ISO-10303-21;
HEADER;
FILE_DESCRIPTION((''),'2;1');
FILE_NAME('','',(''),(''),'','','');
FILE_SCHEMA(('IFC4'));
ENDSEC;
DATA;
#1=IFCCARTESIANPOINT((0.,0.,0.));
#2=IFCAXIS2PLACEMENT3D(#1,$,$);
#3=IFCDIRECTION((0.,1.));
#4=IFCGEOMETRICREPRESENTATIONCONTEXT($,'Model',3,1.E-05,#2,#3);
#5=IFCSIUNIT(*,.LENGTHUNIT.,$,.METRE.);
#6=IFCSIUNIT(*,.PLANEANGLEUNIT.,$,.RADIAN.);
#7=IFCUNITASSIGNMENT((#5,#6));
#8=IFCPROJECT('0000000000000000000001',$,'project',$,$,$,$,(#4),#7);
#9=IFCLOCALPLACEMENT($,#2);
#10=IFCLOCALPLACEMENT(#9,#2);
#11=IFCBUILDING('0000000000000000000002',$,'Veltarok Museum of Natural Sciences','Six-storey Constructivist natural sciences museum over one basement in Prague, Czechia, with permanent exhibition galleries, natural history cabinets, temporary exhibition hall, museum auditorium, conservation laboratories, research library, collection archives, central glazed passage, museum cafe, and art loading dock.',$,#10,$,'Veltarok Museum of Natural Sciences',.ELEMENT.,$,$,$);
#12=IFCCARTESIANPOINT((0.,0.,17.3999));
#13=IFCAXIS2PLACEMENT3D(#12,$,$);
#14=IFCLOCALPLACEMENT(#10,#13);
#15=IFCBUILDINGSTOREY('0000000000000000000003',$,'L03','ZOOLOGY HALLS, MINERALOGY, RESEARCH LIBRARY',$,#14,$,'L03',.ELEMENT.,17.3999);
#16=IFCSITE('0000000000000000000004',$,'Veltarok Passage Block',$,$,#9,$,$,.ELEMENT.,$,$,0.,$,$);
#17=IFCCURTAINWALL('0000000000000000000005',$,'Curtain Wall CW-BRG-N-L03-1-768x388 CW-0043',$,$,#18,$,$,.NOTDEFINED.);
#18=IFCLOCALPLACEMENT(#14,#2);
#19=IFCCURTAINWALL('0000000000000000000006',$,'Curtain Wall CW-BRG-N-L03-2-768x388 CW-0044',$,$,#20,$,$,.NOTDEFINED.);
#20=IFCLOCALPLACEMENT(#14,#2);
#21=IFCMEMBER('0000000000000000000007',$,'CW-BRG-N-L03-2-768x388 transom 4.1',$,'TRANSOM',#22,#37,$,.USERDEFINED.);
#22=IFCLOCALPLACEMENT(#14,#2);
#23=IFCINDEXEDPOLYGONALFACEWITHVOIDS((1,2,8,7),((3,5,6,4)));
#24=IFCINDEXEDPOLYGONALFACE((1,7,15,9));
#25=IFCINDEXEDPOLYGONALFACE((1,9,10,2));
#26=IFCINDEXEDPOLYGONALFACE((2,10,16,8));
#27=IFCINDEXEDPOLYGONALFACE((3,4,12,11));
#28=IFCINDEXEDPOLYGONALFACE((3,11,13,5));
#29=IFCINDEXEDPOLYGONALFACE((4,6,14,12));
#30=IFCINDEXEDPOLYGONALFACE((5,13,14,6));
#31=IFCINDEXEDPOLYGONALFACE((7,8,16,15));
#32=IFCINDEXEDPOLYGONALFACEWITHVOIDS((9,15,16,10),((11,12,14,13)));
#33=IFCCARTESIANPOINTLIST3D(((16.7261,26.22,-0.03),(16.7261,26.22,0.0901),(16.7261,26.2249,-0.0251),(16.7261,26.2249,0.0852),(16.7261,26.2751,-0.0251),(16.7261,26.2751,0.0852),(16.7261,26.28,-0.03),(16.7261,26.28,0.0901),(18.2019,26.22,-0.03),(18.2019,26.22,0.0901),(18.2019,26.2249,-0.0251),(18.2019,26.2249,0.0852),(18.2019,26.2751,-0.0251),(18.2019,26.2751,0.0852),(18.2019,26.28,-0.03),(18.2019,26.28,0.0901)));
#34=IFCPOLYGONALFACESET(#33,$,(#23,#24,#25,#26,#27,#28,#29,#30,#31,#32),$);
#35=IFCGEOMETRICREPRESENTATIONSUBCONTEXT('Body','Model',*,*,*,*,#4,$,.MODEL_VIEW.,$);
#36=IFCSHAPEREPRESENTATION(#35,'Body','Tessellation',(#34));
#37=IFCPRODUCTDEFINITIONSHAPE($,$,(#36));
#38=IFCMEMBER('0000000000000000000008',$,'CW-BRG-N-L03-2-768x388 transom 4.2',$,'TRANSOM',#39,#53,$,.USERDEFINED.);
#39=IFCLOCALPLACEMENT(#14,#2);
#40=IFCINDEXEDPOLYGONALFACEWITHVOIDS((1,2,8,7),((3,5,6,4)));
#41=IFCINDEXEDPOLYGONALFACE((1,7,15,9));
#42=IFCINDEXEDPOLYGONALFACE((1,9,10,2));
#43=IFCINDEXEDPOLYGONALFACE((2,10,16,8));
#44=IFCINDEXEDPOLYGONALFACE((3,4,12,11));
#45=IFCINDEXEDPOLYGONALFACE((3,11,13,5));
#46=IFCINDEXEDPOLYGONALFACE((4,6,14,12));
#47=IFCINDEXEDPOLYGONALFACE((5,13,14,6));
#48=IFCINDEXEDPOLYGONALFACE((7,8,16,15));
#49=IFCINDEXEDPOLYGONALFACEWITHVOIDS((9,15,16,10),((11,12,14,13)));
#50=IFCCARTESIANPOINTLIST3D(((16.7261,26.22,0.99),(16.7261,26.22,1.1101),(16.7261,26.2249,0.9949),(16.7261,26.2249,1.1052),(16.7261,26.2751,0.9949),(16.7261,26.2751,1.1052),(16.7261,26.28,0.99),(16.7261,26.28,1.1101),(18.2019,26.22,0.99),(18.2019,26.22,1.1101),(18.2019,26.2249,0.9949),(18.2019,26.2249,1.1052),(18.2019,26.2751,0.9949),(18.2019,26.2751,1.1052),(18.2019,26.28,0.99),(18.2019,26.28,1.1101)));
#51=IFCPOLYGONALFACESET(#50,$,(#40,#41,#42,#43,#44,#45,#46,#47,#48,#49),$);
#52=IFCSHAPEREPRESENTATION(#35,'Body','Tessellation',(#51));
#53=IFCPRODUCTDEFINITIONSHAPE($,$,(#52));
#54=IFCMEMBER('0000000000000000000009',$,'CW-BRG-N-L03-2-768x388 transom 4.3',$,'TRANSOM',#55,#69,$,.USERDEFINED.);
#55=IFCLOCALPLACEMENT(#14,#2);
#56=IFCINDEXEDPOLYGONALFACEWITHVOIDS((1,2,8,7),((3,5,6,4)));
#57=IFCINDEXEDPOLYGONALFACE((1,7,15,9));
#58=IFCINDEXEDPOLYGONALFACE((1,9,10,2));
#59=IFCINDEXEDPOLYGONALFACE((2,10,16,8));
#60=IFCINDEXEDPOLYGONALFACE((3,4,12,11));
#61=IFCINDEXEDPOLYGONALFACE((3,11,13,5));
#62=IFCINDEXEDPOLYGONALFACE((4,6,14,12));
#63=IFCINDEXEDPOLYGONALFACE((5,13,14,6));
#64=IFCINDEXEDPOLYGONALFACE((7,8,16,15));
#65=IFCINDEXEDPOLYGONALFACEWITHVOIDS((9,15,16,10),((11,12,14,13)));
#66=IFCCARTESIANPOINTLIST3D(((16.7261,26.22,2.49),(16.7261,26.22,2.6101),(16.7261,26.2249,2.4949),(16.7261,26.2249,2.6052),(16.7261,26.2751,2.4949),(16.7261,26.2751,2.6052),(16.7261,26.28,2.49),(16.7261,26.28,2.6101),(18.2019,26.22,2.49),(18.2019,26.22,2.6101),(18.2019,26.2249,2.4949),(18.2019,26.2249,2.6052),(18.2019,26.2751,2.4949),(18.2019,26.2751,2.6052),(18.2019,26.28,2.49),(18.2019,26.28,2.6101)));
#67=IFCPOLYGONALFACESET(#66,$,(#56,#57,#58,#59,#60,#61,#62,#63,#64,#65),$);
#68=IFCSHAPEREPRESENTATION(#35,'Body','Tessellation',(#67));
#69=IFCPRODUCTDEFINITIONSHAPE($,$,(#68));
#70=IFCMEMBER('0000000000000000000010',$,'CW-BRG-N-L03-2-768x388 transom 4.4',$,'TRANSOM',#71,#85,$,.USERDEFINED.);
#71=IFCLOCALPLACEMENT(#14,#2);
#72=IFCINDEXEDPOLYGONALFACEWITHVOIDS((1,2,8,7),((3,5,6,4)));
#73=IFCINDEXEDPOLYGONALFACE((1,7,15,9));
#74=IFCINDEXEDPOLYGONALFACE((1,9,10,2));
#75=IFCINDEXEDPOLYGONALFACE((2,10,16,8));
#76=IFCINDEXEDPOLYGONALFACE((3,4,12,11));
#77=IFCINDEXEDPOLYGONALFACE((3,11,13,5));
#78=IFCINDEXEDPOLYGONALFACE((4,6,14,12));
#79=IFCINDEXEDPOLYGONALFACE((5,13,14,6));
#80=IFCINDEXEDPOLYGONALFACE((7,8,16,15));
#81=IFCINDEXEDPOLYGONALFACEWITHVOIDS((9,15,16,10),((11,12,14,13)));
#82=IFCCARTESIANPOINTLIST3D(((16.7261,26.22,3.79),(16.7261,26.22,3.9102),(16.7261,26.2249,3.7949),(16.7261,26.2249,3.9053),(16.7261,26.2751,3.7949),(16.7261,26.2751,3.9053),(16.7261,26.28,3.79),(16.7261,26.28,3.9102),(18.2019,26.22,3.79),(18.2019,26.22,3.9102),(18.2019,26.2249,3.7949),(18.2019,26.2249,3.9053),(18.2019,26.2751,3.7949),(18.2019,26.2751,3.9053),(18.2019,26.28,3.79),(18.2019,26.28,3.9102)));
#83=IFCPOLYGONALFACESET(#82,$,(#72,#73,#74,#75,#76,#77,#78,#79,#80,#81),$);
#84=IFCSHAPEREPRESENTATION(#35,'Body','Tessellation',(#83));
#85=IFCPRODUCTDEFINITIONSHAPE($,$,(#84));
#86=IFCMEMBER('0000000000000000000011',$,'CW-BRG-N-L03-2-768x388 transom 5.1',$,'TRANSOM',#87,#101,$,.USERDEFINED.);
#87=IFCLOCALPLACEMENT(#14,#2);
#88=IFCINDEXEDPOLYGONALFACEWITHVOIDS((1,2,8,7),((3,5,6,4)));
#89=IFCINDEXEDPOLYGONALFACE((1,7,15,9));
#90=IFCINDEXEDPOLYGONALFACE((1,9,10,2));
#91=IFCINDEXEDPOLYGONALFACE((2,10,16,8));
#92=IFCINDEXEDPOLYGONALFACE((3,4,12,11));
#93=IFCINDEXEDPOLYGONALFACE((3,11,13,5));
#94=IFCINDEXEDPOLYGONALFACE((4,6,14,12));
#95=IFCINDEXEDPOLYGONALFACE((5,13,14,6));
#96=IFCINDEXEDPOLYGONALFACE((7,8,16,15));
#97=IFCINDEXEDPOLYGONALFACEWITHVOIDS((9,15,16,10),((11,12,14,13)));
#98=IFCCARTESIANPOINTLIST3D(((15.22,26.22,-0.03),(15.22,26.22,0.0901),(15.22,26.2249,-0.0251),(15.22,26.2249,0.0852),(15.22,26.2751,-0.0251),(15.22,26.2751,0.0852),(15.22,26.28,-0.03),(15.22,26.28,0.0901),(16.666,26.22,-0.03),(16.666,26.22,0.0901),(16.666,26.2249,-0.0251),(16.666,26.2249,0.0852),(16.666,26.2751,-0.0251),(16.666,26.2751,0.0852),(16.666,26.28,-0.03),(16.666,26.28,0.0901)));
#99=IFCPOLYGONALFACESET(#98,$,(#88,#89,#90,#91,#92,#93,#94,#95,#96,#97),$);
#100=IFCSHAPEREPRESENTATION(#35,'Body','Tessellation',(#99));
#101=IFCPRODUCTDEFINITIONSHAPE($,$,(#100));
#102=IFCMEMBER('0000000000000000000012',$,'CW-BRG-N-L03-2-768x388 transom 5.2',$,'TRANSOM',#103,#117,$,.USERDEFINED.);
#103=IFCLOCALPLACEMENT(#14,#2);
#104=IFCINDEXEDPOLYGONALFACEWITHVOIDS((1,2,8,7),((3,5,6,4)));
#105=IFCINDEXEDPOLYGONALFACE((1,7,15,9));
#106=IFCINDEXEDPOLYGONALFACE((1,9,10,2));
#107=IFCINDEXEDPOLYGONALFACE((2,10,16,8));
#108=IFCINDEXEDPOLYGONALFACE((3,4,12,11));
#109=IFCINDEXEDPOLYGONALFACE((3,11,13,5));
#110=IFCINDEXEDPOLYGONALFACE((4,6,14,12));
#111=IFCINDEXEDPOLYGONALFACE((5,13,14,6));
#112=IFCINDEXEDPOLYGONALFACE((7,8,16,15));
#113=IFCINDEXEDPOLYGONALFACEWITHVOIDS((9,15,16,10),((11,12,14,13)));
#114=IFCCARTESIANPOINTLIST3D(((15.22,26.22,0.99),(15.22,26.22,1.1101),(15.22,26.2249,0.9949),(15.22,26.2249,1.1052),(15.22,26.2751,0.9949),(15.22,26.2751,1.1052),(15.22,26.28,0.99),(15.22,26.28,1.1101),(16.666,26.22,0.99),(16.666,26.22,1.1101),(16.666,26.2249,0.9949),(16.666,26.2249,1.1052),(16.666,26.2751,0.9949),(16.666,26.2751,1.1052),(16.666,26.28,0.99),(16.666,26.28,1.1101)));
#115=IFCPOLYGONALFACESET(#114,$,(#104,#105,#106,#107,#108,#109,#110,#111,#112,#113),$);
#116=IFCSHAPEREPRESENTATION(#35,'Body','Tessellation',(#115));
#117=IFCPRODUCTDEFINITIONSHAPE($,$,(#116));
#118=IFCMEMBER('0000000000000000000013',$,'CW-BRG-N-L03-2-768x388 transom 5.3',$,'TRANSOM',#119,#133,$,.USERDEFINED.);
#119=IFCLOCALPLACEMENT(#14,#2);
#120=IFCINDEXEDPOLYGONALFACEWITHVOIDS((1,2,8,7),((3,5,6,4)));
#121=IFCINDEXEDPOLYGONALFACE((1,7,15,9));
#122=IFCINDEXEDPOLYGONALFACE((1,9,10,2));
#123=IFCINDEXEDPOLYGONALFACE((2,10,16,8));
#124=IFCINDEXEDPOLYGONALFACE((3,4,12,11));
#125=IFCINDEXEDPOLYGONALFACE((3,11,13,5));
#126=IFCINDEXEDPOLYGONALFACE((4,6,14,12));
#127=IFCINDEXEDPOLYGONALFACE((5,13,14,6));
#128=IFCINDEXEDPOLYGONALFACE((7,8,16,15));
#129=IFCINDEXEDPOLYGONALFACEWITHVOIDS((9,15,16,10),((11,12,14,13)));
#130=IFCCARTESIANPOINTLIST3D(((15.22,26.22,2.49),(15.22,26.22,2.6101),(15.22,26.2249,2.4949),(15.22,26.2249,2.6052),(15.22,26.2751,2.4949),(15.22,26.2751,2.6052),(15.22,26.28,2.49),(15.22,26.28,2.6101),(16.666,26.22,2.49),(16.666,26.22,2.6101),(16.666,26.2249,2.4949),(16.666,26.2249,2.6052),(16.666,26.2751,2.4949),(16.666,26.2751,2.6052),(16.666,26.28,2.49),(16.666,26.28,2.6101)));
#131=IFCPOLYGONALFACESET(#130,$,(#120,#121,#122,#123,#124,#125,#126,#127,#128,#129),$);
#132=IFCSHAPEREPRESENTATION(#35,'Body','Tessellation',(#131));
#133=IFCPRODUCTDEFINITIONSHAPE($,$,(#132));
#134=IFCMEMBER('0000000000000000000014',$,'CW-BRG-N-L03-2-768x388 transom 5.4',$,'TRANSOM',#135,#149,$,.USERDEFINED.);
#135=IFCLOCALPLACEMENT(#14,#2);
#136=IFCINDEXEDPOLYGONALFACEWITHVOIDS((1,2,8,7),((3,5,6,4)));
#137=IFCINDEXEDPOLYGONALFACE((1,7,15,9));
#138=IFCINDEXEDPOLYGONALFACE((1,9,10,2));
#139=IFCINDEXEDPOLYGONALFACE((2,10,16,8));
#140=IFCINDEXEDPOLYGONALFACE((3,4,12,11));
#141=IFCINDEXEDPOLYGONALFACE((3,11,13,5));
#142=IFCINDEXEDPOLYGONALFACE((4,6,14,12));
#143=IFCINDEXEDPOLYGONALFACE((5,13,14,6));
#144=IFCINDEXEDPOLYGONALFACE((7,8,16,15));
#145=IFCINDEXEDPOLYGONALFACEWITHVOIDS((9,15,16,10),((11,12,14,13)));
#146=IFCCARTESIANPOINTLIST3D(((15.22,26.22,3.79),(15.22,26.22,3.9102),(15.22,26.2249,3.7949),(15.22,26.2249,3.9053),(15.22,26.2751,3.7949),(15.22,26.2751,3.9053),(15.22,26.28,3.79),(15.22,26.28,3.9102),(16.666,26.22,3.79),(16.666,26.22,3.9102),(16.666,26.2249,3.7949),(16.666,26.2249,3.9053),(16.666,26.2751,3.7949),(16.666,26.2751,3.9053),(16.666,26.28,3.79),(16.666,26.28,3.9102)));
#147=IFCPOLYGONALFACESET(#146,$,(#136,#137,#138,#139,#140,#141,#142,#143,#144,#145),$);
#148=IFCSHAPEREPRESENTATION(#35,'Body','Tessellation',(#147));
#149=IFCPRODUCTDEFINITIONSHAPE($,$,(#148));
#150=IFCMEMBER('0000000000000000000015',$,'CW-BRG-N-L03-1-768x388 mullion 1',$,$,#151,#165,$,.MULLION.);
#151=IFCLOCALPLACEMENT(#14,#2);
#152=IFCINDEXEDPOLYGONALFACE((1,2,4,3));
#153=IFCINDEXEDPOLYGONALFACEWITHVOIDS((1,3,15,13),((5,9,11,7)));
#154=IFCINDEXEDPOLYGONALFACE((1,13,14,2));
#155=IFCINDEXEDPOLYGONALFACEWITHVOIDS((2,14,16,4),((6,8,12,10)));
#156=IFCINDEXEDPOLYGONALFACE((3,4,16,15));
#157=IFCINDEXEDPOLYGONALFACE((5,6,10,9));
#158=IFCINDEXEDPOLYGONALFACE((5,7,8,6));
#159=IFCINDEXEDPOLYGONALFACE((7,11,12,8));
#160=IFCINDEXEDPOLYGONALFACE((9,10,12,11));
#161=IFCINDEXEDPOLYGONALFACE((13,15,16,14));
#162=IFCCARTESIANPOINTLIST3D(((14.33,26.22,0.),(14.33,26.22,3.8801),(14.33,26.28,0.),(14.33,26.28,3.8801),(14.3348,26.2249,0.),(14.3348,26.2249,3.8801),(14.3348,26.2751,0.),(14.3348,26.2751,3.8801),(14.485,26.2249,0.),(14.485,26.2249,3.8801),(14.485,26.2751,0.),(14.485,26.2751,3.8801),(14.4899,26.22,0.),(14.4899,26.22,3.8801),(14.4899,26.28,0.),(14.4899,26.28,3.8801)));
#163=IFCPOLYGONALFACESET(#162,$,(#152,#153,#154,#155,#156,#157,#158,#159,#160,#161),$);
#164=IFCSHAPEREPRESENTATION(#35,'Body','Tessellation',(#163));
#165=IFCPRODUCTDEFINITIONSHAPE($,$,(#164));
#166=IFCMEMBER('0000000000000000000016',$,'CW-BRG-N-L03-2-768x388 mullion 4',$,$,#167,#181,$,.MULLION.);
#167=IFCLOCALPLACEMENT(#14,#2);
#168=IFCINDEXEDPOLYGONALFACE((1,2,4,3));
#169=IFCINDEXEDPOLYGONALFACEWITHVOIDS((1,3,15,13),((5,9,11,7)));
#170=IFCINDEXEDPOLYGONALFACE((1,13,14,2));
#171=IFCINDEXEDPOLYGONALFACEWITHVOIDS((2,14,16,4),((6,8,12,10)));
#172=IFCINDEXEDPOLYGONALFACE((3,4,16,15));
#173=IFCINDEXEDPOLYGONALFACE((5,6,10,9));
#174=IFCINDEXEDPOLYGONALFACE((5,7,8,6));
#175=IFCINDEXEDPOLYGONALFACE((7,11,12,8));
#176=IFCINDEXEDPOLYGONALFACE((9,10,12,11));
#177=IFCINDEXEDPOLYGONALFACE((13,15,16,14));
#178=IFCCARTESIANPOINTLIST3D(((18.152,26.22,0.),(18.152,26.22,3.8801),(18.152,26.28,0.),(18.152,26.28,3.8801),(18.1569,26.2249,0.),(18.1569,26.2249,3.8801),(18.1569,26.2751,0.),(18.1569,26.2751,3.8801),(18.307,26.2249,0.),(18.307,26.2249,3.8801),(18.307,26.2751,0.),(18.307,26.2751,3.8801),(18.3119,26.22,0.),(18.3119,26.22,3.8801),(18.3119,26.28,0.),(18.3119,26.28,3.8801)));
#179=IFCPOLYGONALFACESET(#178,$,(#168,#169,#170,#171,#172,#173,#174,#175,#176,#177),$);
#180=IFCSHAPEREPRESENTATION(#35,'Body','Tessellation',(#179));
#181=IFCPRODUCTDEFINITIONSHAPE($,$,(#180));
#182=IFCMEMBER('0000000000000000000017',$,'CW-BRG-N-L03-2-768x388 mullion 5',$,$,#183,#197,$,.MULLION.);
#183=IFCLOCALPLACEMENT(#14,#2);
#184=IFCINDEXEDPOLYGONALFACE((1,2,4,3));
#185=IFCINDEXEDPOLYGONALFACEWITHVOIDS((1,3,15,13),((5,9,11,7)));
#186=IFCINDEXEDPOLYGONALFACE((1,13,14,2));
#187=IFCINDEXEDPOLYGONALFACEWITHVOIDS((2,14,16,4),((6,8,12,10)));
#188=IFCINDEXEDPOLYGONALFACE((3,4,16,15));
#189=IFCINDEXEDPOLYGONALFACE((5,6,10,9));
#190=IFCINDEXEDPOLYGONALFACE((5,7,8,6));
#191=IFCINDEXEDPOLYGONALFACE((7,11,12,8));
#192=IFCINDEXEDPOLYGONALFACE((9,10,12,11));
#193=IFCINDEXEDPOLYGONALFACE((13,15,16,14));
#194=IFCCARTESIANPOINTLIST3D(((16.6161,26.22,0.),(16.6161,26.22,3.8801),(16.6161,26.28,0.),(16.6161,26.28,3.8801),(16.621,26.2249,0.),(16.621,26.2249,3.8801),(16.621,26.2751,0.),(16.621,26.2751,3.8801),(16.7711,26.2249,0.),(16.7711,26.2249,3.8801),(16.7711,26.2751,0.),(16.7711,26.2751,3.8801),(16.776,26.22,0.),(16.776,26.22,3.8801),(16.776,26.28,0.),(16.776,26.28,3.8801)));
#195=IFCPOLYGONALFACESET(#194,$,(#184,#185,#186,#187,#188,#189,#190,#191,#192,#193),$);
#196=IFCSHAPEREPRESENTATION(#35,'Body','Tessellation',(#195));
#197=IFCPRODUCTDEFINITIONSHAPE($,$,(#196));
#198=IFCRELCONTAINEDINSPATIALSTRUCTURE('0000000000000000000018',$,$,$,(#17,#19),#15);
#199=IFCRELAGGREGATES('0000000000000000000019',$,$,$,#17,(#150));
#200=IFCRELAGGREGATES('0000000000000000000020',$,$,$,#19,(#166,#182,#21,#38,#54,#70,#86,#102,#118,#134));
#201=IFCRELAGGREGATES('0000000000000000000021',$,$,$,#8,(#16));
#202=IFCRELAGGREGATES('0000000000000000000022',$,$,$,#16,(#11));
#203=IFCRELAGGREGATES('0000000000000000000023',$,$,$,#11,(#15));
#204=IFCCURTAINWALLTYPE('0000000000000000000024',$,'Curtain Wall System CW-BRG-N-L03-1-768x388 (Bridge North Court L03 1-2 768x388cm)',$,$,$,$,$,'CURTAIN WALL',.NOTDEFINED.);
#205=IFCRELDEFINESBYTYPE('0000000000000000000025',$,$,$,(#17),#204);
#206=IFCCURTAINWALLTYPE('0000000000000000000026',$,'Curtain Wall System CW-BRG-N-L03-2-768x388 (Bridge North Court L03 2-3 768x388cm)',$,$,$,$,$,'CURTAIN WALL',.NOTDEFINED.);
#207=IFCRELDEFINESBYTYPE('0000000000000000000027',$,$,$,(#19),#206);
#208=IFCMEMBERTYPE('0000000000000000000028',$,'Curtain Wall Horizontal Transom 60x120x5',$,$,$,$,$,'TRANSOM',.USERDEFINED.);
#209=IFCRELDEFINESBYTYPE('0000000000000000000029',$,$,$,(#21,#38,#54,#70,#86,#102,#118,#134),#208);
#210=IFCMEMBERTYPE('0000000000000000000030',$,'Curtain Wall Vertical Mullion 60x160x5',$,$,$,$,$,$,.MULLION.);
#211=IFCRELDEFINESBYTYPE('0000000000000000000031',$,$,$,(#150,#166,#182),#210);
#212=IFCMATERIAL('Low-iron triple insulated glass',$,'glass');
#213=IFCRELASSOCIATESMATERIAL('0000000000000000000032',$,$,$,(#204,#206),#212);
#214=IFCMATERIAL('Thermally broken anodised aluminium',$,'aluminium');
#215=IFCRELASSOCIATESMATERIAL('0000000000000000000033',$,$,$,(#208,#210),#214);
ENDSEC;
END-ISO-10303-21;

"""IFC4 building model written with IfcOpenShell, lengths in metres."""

from ifc_helpers import new_model, si_unit, direction, frame, origin, origin_2d, place, context, subcontext, project, spatial, hollow_rectangle, extrude, material, material_profile, profile_set, type_object, element, aggregate, save


model = new_model("IFC4")

# Units and contexts
model_context = context("Model", 3, precision=1e-05, world=origin(), true_north=direction((0.0, 1.0)))
body_context = subcontext(model_context, "Body", "Model", "MODEL_VIEW")
ifc_project = project(units=[si_unit("LENGTHUNIT", "METRE"), si_unit("PLANEANGLEUNIT", "RADIAN")], contexts=[model_context])

# Site, building, storey
site_placement = place(None, origin())
site = spatial("IfcSite", under=ifc_project, at=site_placement, Name="Veltarok Passage Block", CompositionType="ELEMENT", RefElevation=0.0)
building_placement = place(site_placement, origin())
building = spatial("IfcBuilding", under=site, at=building_placement, Name="Veltarok Museum of Natural Sciences", Description="Six-storey Constructivist natural sciences museum over one basement in Prague, Czechia, with permanent exhibition galleries, natural history cabinets, temporary exhibition hall, museum auditorium, conservation laboratories, research library, collection archives, central glazed passage, museum cafe, and art loading dock.", LongName="Veltarok Museum of Natural Sciences", CompositionType="ELEMENT")
storey_placement = place(building_placement, frame((0.0, 0.0, 17.3999)))
storey = spatial("IfcBuildingStorey", under=building, at=storey_placement, Name="L03", Description="ZOOLOGY HALLS, MINERALOGY, RESEARCH LIBRARY", LongName="L03", CompositionType="ELEMENT", Elevation=17.3999)

# Curtain wall
ifc_material_1 = material(Name="Low-iron triple insulated glass", Category="glass")
curtain_wall_type_1 = type_object("IfcCurtainWallType", Name="Curtain Wall System CW-BRG-N-L03-1-768x388 (Bridge North Court L03 1-2 768x388cm)", ElementType="CURTAIN WALL", PredefinedType="NOTDEFINED", material=ifc_material_1)
curtain_wall_1_placement = place(storey_placement, origin())
curtain_wall_1 = element("IfcCurtainWall", 1, at=curtain_wall_1_placement, inside=storey, type_object=curtain_wall_type_1, Name="Curtain Wall CW-BRG-N-L03-1-768x388 CW-0043", PredefinedType="NOTDEFINED")
ifc_material_2 = material(Name="Thermally broken anodised aluminium", Category="aluminium")
ifc_material_profile_1 = material_profile(ifc_material_2, hollow_rectangle(XDim=0.0601, YDim=0.1201, WallThickness=0.0049, at=origin_2d()), Name="CW TRANSOM 60x120x5")
ifc_profile_set_1 = profile_set([ifc_material_profile_1], Name="Thermally broken anodised aluminium")
member_type_1 = type_object("IfcMemberType", Name="Curtain Wall Horizontal Transom 60x120x5", ElementType="TRANSOM", PredefinedType="USERDEFINED", material=ifc_profile_set_1)

# Curtain wall, members
curtain_wall_type_2 = type_object("IfcCurtainWallType", Name="Curtain Wall System CW-BRG-N-L03-2-768x388 (Bridge North Court L03 2-3 768x388cm)", ElementType="CURTAIN WALL", PredefinedType="NOTDEFINED", material=ifc_material_1)
curtain_wall_2_placement = place(storey_placement, origin())
curtain_wall_2 = element("IfcCurtainWall", 2, at=curtain_wall_2_placement, inside=storey, type_object=curtain_wall_type_2, Name="Curtain Wall CW-BRG-N-L03-2-768x388 CW-0044", PredefinedType="NOTDEFINED")
member_1_placement = place(storey_placement, frame((18.2019, 26.25, 0.03), z_axis=(-1.0, 0.0, 0.0), x_axis=(0.0, -1.0, 0.0)))
member_1 = element("IfcMember", 3, at=member_1_placement, type_object=member_type_1, Name="CW-BRG-N-L03-2-768x388 transom 4.1", ObjectType="TRANSOM", PredefinedType="USERDEFINED", context=body_context, shape_type="SweptSolid", body=[
    extrude(hollow_rectangle(XDim=0.0601, YDim=0.1201, WallThickness=0.0049, at=origin_2d()), origin(), (0.0, 0.0, 1.0), 1.4758),
])
member_2_placement = place(storey_placement, frame((18.2019, 26.25, 1.05), z_axis=(-1.0, 0.0, 0.0), x_axis=(0.0, -1.0, 0.0)))
member_2 = element("IfcMember", 4, at=member_2_placement, type_object=member_type_1, Name="CW-BRG-N-L03-2-768x388 transom 4.2", ObjectType="TRANSOM", PredefinedType="USERDEFINED", context=body_context, shape_type="SweptSolid", body=[
    extrude(hollow_rectangle(XDim=0.0601, YDim=0.1201, WallThickness=0.0049, at=origin_2d()), origin(), (0.0, 0.0, 1.0), 1.4758),
])
member_3_placement = place(storey_placement, frame((18.2019, 26.25, 2.55), z_axis=(-1.0, 0.0, 0.0), x_axis=(0.0, -1.0, 0.0)))
member_3 = element("IfcMember", 5, at=member_3_placement, type_object=member_type_1, Name="CW-BRG-N-L03-2-768x388 transom 4.3", ObjectType="TRANSOM", PredefinedType="USERDEFINED", context=body_context, shape_type="SweptSolid", body=[
    extrude(hollow_rectangle(XDim=0.0601, YDim=0.1201, WallThickness=0.0049, at=origin_2d()), origin(), (0.0, 0.0, 1.0), 1.4758),
])
member_4_placement = place(storey_placement, frame((18.2019, 26.25, 3.8501), z_axis=(-1.0, 0.0, 0.0), x_axis=(0.0, -1.0, 0.0)))
member_4 = element("IfcMember", 6, at=member_4_placement, type_object=member_type_1, Name="CW-BRG-N-L03-2-768x388 transom 4.4", ObjectType="TRANSOM", PredefinedType="USERDEFINED", context=body_context, shape_type="SweptSolid", body=[
    extrude(hollow_rectangle(XDim=0.0601, YDim=0.1201, WallThickness=0.0049, at=origin_2d()), origin(), (0.0, 0.0, 1.0), 1.4758),
])
member_5_placement = place(storey_placement, frame((16.666, 26.25, 0.03), z_axis=(-1.0, 0.0, 0.0), x_axis=(0.0, -1.0, 0.0)))
member_5 = element("IfcMember", 7, at=member_5_placement, type_object=member_type_1, Name="CW-BRG-N-L03-2-768x388 transom 5.1", ObjectType="TRANSOM", PredefinedType="USERDEFINED", context=body_context, shape_type="SweptSolid", body=[
    extrude(hollow_rectangle(XDim=0.0601, YDim=0.1201, WallThickness=0.0049, at=origin_2d()), origin(), (0.0, 0.0, 1.0), 1.446),
])
member_6_placement = place(storey_placement, frame((16.666, 26.25, 1.05), z_axis=(-1.0, 0.0, 0.0), x_axis=(0.0, -1.0, 0.0)))
member_6 = element("IfcMember", 8, at=member_6_placement, type_object=member_type_1, Name="CW-BRG-N-L03-2-768x388 transom 5.2", ObjectType="TRANSOM", PredefinedType="USERDEFINED", context=body_context, shape_type="SweptSolid", body=[
    extrude(hollow_rectangle(XDim=0.0601, YDim=0.1201, WallThickness=0.0049, at=origin_2d()), origin(), (0.0, 0.0, 1.0), 1.446),
])
member_7_placement = place(storey_placement, frame((16.666, 26.25, 2.55), z_axis=(-1.0, 0.0, 0.0), x_axis=(0.0, -1.0, 0.0)))
member_7 = element("IfcMember", 9, at=member_7_placement, type_object=member_type_1, Name="CW-BRG-N-L03-2-768x388 transom 5.3", ObjectType="TRANSOM", PredefinedType="USERDEFINED", context=body_context, shape_type="SweptSolid", body=[
    extrude(hollow_rectangle(XDim=0.0601, YDim=0.1201, WallThickness=0.0049, at=origin_2d()), origin(), (0.0, 0.0, 1.0), 1.446),
])
member_8_placement = place(storey_placement, frame((16.666, 26.25, 3.8501), z_axis=(-1.0, 0.0, 0.0), x_axis=(0.0, -1.0, 0.0)))
member_8 = element("IfcMember", 10, at=member_8_placement, type_object=member_type_1, Name="CW-BRG-N-L03-2-768x388 transom 5.4", ObjectType="TRANSOM", PredefinedType="USERDEFINED", context=body_context, shape_type="SweptSolid", body=[
    extrude(hollow_rectangle(XDim=0.0601, YDim=0.1201, WallThickness=0.0049, at=origin_2d()), origin(), (0.0, 0.0, 1.0), 1.446),
])

# Members
ifc_material_profile_2 = material_profile(ifc_material_2, hollow_rectangle(XDim=0.0601, YDim=0.1599, WallThickness=0.0049, at=origin_2d()), Name="CW MULLION 60x160x5")
ifc_profile_set_2 = profile_set([ifc_material_profile_2], Name="Thermally broken anodised aluminium")
member_type_2 = type_object("IfcMemberType", Name="Curtain Wall Vertical Mullion 60x160x5", PredefinedType="MULLION", material=ifc_profile_set_2)
member_9_placement = place(storey_placement, frame((14.4099, 26.25, 0.0), z_axis=(0.0, 0.0, 1.0), x_axis=(0.0, -1.0, 0.0)))
member_9 = element("IfcMember", 11, at=member_9_placement, type_object=member_type_2, Name="CW-BRG-N-L03-1-768x388 mullion 1", PredefinedType="MULLION", context=body_context, shape_type="SweptSolid", body=[
    extrude(hollow_rectangle(XDim=0.0601, YDim=0.1599, WallThickness=0.0049, at=origin_2d()), origin(), (0.0, 0.0, 1.0), 3.8801),
])
aggregate(curtain_wall_1, [member_9])
member_10_placement = place(storey_placement, frame((18.2319, 26.25, 0.0), z_axis=(0.0, 0.0, 1.0), x_axis=(0.0, -1.0, 0.0)))
member_10 = element("IfcMember", 12, at=member_10_placement, type_object=member_type_2, Name="CW-BRG-N-L03-2-768x388 mullion 4", PredefinedType="MULLION", context=body_context, shape_type="SweptSolid", body=[
    extrude(hollow_rectangle(XDim=0.0601, YDim=0.1599, WallThickness=0.0049, at=origin_2d()), origin(), (0.0, 0.0, 1.0), 3.8801),
])
member_11_placement = place(storey_placement, frame((16.696, 26.25, 0.0), z_axis=(0.0, 0.0, 1.0), x_axis=(0.0, -1.0, 0.0)))
member_11 = element("IfcMember", 13, at=member_11_placement, type_object=member_type_2, Name="CW-BRG-N-L03-2-768x388 mullion 5", PredefinedType="MULLION", context=body_context, shape_type="SweptSolid", body=[
    extrude(hollow_rectangle(XDim=0.0601, YDim=0.1599, WallThickness=0.0049, at=origin_2d()), origin(), (0.0, 0.0, 1.0), 3.8801),
])

aggregate(curtain_wall_2, [member_10, member_11, member_1, member_2, member_3, member_4, member_5, member_6, member_7, member_8])

save(model, "model.ifc")
